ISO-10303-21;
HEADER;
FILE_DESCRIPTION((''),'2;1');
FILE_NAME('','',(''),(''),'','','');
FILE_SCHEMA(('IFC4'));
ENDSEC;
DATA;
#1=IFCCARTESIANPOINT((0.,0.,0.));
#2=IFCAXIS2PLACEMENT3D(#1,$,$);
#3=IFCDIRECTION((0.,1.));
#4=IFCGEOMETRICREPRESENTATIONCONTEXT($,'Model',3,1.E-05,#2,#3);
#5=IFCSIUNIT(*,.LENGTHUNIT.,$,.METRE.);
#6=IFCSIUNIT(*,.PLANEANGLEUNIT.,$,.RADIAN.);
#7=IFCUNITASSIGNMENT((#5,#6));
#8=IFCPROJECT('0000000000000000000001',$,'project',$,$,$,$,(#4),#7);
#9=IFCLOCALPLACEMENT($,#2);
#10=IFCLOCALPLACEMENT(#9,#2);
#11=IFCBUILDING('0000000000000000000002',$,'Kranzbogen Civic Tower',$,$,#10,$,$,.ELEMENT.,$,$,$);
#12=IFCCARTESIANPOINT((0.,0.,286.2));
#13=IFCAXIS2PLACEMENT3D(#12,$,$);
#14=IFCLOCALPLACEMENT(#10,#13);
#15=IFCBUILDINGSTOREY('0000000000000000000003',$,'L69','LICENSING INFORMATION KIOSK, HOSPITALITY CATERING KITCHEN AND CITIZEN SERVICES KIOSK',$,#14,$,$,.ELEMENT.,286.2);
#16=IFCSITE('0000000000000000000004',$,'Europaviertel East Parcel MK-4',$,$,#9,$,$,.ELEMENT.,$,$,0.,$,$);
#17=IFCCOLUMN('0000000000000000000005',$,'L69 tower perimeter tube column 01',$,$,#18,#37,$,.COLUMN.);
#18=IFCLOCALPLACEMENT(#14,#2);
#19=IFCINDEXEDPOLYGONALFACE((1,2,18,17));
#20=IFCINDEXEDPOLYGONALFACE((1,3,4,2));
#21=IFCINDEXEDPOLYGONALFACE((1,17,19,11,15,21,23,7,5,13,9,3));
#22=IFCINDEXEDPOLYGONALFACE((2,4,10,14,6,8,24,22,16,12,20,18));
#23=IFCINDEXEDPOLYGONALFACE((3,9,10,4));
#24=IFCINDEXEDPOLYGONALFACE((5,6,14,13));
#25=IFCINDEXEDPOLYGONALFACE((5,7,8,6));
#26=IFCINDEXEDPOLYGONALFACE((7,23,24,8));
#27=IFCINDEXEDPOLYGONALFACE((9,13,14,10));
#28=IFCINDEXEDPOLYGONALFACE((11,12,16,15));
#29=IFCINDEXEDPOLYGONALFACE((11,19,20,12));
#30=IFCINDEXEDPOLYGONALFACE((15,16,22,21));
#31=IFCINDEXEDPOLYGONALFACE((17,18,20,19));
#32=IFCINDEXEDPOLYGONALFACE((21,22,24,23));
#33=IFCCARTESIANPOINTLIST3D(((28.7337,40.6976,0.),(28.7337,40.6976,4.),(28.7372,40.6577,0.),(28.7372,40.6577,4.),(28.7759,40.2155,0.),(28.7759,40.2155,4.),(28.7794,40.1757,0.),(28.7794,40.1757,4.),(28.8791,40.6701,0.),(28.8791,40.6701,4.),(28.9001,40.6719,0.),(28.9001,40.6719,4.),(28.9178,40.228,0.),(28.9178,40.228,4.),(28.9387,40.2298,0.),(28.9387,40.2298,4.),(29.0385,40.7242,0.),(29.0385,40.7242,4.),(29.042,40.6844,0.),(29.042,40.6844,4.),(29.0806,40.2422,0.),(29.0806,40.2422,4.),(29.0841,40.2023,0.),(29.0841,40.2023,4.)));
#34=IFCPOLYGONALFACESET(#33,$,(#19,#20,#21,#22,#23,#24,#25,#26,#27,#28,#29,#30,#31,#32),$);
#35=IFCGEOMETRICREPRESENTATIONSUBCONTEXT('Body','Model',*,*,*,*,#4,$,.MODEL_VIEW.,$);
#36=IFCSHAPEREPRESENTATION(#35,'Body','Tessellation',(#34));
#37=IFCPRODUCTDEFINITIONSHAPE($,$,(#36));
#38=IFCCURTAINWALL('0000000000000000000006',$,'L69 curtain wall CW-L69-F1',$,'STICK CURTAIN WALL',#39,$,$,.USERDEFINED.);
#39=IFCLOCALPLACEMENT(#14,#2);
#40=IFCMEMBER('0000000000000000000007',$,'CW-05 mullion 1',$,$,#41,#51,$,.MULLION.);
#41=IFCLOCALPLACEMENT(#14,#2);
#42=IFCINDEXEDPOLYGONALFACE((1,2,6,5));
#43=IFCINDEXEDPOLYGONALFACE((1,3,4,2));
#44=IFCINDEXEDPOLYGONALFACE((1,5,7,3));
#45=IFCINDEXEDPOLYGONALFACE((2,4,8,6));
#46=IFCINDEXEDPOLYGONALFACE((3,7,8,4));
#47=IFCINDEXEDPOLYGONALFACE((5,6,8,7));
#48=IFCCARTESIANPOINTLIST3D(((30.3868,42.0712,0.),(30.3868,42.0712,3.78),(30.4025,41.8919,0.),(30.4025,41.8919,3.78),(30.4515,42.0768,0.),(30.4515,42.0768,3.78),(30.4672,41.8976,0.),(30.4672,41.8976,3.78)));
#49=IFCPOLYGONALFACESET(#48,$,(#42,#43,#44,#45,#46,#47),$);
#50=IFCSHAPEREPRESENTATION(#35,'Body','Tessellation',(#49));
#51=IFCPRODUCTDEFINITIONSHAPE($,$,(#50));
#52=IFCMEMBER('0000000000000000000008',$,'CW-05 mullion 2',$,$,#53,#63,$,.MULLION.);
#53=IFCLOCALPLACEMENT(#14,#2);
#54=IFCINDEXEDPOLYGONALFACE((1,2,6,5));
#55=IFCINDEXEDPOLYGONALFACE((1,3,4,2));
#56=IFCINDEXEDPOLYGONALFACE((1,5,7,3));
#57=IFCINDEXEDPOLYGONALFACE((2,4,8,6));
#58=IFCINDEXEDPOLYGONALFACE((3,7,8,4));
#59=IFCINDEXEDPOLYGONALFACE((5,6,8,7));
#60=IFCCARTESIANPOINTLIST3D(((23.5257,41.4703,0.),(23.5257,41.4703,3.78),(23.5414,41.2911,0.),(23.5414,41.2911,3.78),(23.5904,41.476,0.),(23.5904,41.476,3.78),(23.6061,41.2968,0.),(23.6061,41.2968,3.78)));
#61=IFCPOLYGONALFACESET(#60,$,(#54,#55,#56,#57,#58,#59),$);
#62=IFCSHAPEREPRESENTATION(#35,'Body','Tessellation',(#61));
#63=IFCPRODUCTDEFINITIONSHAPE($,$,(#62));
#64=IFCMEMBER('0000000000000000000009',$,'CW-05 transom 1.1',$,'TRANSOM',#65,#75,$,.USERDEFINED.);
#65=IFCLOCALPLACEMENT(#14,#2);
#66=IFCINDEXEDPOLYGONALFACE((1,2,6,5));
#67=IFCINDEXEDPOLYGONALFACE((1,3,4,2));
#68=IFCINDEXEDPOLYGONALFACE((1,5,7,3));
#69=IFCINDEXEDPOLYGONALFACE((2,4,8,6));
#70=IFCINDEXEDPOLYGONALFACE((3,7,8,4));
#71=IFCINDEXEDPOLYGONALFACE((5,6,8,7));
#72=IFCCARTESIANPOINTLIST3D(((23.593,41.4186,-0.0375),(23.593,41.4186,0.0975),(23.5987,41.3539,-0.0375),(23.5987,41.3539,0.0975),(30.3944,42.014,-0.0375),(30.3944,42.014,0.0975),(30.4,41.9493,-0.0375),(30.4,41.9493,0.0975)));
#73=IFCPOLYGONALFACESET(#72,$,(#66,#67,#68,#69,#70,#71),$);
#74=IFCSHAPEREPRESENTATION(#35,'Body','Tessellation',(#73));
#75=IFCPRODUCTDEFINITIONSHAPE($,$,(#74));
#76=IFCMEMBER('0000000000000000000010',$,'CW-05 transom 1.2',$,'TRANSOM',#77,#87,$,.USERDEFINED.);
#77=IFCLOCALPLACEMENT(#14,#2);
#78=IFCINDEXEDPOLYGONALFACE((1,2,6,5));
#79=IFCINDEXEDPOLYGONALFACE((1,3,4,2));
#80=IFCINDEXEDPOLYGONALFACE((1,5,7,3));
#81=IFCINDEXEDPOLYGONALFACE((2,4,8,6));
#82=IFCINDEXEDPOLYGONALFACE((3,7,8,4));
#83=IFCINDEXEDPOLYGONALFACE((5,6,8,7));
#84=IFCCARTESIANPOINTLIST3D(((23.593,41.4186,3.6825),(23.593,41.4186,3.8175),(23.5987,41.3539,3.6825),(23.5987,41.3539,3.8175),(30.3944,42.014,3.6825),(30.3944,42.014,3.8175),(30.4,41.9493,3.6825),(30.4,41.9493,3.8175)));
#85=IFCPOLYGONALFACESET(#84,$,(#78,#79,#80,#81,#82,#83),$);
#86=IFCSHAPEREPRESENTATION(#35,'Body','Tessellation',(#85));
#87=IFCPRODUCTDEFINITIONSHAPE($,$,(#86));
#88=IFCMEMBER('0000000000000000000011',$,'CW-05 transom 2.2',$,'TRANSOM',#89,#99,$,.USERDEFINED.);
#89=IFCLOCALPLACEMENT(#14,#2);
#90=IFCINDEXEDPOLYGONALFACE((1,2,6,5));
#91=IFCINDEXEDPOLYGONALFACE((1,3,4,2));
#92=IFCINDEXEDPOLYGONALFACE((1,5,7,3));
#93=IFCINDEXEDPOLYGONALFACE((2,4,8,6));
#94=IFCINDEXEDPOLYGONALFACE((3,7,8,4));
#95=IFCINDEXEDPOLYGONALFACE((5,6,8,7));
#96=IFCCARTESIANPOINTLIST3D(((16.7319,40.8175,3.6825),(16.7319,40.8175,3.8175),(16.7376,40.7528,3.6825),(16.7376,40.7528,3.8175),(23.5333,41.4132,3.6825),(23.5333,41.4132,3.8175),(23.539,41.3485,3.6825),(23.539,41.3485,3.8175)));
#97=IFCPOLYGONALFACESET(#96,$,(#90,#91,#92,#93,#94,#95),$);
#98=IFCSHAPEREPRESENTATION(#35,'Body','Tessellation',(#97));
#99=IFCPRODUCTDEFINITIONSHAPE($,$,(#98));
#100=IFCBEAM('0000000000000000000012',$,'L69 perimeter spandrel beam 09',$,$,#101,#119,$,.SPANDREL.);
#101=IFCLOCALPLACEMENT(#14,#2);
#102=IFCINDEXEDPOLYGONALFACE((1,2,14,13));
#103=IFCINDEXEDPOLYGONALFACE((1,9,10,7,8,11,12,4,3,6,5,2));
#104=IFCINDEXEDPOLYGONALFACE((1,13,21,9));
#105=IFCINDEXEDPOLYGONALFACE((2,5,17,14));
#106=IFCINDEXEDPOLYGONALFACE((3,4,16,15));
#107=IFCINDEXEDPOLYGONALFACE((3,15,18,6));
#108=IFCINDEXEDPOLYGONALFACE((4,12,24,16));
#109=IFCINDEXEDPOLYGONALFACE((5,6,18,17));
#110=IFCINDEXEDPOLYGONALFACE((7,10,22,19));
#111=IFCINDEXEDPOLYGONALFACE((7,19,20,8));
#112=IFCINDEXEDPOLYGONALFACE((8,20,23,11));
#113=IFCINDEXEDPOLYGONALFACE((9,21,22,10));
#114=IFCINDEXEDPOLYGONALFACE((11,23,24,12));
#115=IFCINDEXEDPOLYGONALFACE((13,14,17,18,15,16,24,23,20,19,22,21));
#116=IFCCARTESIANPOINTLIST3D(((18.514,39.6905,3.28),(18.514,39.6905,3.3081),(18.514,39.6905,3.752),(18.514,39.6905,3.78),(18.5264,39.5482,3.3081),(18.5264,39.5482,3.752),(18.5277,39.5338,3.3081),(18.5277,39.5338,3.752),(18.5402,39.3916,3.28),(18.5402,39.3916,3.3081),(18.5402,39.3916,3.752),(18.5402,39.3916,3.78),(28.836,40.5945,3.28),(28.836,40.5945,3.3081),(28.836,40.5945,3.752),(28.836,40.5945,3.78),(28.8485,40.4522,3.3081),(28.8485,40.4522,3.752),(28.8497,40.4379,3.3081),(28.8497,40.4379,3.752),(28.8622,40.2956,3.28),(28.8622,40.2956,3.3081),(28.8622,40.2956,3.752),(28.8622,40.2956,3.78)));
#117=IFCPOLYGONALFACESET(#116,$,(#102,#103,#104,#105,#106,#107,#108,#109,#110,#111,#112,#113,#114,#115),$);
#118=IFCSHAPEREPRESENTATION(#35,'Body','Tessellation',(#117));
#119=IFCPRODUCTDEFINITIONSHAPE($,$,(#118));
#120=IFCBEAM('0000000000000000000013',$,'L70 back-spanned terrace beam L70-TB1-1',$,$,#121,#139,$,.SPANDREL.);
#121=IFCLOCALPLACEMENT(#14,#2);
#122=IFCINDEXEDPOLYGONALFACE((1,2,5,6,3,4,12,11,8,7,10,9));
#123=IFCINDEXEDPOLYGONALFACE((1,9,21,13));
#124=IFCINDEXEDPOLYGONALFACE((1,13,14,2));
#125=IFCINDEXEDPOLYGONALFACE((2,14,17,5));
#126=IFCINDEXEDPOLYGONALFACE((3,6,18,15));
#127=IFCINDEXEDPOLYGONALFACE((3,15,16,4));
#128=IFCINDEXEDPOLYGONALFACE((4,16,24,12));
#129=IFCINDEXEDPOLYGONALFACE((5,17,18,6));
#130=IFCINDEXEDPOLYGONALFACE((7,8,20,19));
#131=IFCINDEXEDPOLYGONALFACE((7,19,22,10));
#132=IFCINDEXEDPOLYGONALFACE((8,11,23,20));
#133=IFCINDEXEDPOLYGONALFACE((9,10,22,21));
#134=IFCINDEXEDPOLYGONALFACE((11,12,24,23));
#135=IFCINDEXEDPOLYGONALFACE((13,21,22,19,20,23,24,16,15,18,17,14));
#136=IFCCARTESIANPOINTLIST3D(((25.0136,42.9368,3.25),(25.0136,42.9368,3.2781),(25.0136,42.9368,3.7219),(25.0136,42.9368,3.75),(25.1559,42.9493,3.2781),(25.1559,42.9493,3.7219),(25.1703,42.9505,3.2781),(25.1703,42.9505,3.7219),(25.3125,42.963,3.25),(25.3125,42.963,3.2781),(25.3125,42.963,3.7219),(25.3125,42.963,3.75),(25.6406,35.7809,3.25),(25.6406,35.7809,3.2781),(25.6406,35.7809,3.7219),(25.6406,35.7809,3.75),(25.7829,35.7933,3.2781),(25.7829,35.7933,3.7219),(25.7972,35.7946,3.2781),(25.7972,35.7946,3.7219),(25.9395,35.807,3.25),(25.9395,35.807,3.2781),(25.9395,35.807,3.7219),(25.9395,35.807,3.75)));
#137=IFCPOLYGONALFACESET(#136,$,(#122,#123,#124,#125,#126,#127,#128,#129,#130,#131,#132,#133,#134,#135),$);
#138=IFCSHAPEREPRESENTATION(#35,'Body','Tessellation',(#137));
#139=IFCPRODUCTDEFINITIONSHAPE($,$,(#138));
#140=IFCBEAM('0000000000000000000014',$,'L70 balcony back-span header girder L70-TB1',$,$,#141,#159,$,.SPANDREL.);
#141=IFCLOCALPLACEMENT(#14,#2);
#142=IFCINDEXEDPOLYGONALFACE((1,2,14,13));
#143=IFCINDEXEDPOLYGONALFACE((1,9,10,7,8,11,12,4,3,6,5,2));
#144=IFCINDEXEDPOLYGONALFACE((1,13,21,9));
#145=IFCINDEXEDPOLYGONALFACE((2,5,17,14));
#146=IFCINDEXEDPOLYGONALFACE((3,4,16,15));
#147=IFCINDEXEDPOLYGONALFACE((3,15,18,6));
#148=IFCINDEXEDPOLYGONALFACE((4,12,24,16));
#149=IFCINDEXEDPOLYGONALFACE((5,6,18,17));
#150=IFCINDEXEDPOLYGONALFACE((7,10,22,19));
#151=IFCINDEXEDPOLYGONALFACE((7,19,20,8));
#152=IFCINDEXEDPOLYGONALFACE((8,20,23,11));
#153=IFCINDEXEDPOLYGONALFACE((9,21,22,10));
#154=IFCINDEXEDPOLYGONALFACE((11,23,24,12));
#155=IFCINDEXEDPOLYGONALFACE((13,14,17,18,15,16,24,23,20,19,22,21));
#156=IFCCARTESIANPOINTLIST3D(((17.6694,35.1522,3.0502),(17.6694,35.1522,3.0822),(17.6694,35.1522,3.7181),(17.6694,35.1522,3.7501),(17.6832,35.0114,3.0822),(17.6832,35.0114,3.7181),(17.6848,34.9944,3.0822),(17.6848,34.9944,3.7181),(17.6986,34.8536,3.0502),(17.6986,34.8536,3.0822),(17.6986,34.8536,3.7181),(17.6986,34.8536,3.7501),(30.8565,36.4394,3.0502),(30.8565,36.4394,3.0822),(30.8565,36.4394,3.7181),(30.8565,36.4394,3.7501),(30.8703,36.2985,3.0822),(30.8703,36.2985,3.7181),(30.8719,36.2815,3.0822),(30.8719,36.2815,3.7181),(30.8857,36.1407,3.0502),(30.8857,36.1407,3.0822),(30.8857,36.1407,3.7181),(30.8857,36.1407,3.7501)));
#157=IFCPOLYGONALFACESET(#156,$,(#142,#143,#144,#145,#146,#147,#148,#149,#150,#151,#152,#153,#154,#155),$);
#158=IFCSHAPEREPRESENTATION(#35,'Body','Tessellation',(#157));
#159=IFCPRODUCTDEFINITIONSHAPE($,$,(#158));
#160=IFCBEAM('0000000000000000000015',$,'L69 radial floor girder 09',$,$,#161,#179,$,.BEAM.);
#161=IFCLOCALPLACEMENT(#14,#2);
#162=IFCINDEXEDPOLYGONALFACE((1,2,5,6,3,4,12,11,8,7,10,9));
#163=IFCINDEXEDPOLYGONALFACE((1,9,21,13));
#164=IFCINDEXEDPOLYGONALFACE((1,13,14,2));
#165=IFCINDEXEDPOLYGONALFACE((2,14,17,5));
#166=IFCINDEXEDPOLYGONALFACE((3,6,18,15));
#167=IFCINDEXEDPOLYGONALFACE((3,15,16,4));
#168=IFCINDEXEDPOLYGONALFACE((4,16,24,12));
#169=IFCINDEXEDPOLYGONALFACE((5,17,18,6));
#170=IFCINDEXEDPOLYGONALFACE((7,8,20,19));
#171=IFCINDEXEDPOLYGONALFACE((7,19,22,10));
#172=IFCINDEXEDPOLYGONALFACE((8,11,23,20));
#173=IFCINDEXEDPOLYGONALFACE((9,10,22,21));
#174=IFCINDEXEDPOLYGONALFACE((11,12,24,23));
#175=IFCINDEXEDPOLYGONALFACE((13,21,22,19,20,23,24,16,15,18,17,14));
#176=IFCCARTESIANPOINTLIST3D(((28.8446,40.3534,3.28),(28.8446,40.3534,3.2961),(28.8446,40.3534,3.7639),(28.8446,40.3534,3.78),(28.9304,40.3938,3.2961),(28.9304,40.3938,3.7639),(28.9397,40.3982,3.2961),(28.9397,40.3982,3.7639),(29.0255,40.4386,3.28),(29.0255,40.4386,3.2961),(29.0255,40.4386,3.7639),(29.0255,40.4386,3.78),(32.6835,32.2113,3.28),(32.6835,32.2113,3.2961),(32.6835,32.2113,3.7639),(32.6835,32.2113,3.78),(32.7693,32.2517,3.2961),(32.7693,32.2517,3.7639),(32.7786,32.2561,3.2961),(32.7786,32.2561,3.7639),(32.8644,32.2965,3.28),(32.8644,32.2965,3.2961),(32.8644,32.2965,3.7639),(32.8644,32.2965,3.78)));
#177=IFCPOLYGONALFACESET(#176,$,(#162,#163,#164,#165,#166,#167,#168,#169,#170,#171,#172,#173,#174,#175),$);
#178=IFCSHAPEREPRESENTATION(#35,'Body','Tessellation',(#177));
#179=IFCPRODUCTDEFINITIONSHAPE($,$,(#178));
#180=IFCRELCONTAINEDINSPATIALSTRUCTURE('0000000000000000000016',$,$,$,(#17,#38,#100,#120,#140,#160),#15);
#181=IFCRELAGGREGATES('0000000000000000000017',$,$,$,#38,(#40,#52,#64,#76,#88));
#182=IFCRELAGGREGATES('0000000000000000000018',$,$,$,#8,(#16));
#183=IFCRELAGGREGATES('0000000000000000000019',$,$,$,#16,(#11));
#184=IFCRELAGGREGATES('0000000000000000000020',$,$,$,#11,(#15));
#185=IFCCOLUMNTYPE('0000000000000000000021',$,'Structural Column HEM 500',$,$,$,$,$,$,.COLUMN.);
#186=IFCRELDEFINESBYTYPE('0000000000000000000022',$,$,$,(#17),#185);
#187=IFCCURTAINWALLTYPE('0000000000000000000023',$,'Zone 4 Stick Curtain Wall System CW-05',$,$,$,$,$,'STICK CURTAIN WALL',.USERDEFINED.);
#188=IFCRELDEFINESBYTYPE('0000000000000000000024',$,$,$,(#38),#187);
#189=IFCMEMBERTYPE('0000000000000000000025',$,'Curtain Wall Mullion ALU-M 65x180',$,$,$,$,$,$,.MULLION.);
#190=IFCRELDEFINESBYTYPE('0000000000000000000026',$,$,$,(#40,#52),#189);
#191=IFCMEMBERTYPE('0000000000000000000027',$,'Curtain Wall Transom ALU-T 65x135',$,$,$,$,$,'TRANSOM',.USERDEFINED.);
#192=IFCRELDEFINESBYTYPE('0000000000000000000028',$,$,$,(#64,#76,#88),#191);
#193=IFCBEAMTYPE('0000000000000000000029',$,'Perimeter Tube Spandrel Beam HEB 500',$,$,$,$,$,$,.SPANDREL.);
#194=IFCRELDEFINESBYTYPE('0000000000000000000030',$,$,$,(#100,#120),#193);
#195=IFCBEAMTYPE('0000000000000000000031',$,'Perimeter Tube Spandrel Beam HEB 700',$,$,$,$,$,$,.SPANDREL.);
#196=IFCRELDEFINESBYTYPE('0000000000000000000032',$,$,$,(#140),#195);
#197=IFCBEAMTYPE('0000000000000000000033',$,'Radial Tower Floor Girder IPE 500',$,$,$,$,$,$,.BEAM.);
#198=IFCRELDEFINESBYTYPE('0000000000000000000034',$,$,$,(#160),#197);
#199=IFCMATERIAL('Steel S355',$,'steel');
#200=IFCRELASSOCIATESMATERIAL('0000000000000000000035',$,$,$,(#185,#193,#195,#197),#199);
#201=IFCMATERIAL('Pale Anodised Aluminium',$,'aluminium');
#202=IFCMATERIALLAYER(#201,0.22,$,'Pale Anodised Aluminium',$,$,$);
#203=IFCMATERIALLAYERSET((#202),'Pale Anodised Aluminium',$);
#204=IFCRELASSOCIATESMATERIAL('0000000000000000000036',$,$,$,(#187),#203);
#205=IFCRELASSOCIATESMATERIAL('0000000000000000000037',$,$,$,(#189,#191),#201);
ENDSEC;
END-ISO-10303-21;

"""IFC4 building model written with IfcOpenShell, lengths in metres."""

from ifc_helpers import new_model, si_unit, direction, frame, origin, origin_2d, place, context, subcontext, project, spatial, rectangle, i_section, extrude, material, layer, layer_set, material_profile, profile_set, type_object, element, aggregate, save


model = new_model("IFC4")

# Units and contexts
model_context = context("Model", 3, precision=1e-05, world=origin(), true_north=direction((0.0, 1.0)))
body_context = subcontext(model_context, "Body", "Model", "MODEL_VIEW")
ifc_project = project(units=[si_unit("LENGTHUNIT", "METRE"), si_unit("PLANEANGLEUNIT", "RADIAN")], contexts=[model_context])

# Site, building, storey
site_placement = place(None, origin())
site = spatial("IfcSite", under=ifc_project, at=site_placement, Name="Europaviertel East Parcel MK-4", CompositionType="ELEMENT", RefElevation=0.0)
building_placement = place(site_placement, origin())
building = spatial("IfcBuilding", under=site, at=building_placement, Name="Kranzbogen Civic Tower", CompositionType="ELEMENT")
storey_placement = place(building_placement, frame((0.0, 0.0, 286.2)))
storey = spatial("IfcBuildingStorey", under=building, at=storey_placement, Name="L69", Description="LICENSING INFORMATION KIOSK, HOSPITALITY CATERING KITCHEN AND CITIZEN SERVICES KIOSK", CompositionType="ELEMENT", Elevation=286.2)

# Column
ifc_material_1 = material(Name="Steel S355", Category="steel")
ifc_material_profile_1 = material_profile(ifc_material_1, i_section(OverallWidth=0.3059, OverallDepth=0.5239, WebThickness=0.021, FlangeThickness=0.04, at=origin_2d()), Name="HEM 500")
ifc_profile_set_1 = profile_set([ifc_material_profile_1], Name="Steel S355")
column_type = type_object("IfcColumnType", Name="Structural Column HEM 500", PredefinedType="COLUMN", material=ifc_profile_set_1)
column_placement = place(storey_placement, frame((28.9089, 40.45, 0.0), z_axis=(0.0, 0.0, 1.0), x_axis=(0.996195, 0.087156, 0.0)))
element("IfcColumn", 1, at=column_placement, inside=storey, type_object=column_type, Name="L69 tower perimeter tube column 01", PredefinedType="COLUMN", context=body_context, shape_type="SweptSolid", body=[
    extrude(i_section(OverallWidth=0.3059, OverallDepth=0.5239, WebThickness=0.021, FlangeThickness=0.04, at=origin_2d()), origin(), (0.0, 0.0, 1.0), 4.0),
])

# Curtain wall, members
ifc_material_2 = material(Name="Pale Anodised Aluminium", Category="aluminium")
ifc_layer_1 = layer(ifc_material_2, 0.22, Name="Pale Anodised Aluminium")
ifc_layer_set_1 = layer_set([ifc_layer_1], Name="Pale Anodised Aluminium")
curtain_wall_type = type_object("IfcCurtainWallType", Name="Zone 4 Stick Curtain Wall System CW-05", ElementType="STICK CURTAIN WALL", PredefinedType="USERDEFINED", material=ifc_layer_set_1)
curtain_wall_placement = place(storey_placement, origin())
curtain_wall = element("IfcCurtainWall", 2, at=curtain_wall_placement, inside=storey, type_object=curtain_wall_type, Name="L69 curtain wall CW-L69-F1", ObjectType="STICK CURTAIN WALL", PredefinedType="USERDEFINED")
ifc_material_profile_2 = material_profile(ifc_material_2, rectangle(XDim=0.0649, YDim=0.1799, at=origin_2d()), Name="ALU-M 65x180")
ifc_profile_set_2 = profile_set([ifc_material_profile_2], Name="Pale Anodised Aluminium")
member_type_1 = type_object("IfcMemberType", Name="Curtain Wall Mullion ALU-M 65x180", PredefinedType="MULLION", material=ifc_profile_set_2)
member_1_placement = place(storey_placement, frame((30.427, 41.9844, 0.0), z_axis=(0.0, 0.0, 1.0), x_axis=(-0.996187, -0.087244, 0.0)))
member_1 = element("IfcMember", 3, at=member_1_placement, type_object=member_type_1, Name="CW-05 mullion 1", PredefinedType="MULLION", context=body_context, shape_type="SweptSolid", body=[
    extrude(rectangle(XDim=0.0649, YDim=0.1799, at=origin_2d()), origin(), (0.0, 0.0, 1.0), 3.78),
])
member_2_placement = place(storey_placement, frame((23.5659, 41.3835, 0.0), z_axis=(0.0, 0.0, 1.0), x_axis=(-0.996187, -0.087244, 0.0)))
member_2 = element("IfcMember", 4, at=member_2_placement, type_object=member_type_1, Name="CW-05 mullion 2", PredefinedType="MULLION", context=body_context, shape_type="SweptSolid", body=[
    extrude(rectangle(XDim=0.0649, YDim=0.1799, at=origin_2d()), origin(), (0.0, 0.0, 1.0), 3.78),
])
ifc_material_profile_3 = material_profile(ifc_material_2, rectangle(XDim=0.0649, YDim=0.135, at=origin_2d()), Name="ALU-T 65x135")
ifc_profile_set_3 = profile_set([ifc_material_profile_3], Name="Pale Anodised Aluminium")
member_type_2 = type_object("IfcMemberType", Name="Curtain Wall Transom ALU-T 65x135", ElementType="TRANSOM", PredefinedType="USERDEFINED", material=ifc_profile_set_3)
member_3_placement = place(storey_placement, frame((30.3972, 41.9817, 0.03), z_axis=(-0.996189, -0.087218, 0.0), x_axis=(0.087218, -0.996189, 0.0)))
member_3 = element("IfcMember", 5, at=member_3_placement, type_object=member_type_2, Name="CW-05 transom 1.1", ObjectType="TRANSOM", PredefinedType="USERDEFINED", context=body_context, shape_type="SweptSolid", body=[
    extrude(rectangle(XDim=0.0649, YDim=0.135, at=origin_2d()), origin(), (0.0, 0.0, 1.0), 6.8274),
])
member_4_placement = place(storey_placement, frame((30.3972, 41.9817, 3.75), z_axis=(-0.996189, -0.087218, 0.0), x_axis=(0.087218, -0.996189, 0.0)))
member_4 = element("IfcMember", 6, at=member_4_placement, type_object=member_type_2, Name="CW-05 transom 1.2", ObjectType="TRANSOM", PredefinedType="USERDEFINED", context=body_context, shape_type="SweptSolid", body=[
    extrude(rectangle(XDim=0.0649, YDim=0.135, at=origin_2d()), origin(), (0.0, 0.0, 1.0), 6.8274),
])
member_5_placement = place(storey_placement, frame((23.5361, 41.3809, 3.75), z_axis=(-0.996186, -0.087253, 0.0), x_axis=(0.087253, -0.996186, 0.0)))
member_5 = element("IfcMember", 7, at=member_5_placement, type_object=member_type_2, Name="CW-05 transom 2.2", ObjectType="TRANSOM", PredefinedType="USERDEFINED", context=body_context, shape_type="SweptSolid", body=[
    extrude(rectangle(XDim=0.0649, YDim=0.135, at=origin_2d()), origin(), (0.0, 0.0, 1.0), 6.8274),
])

# Beams
ifc_material_profile_4 = material_profile(ifc_material_1, i_section(OverallWidth=0.3, OverallDepth=0.5, WebThickness=0.0144, FlangeThickness=0.0281, at=origin_2d()), Name="HEB 500")
ifc_profile_set_4 = profile_set([ifc_material_profile_4], Name="Steel S355")
beam_type_1 = type_object("IfcBeamType", Name="Perimeter Tube Spandrel Beam HEB 500", PredefinedType="SPANDREL", material=ifc_profile_set_4)
beam_1_placement = place(storey_placement, frame((28.8491, 40.4451, 3.53), z_axis=(-0.996186, -0.087251, 0.0), x_axis=(0.087251, -0.996186, 0.0)))
element("IfcBeam", 8, at=beam_1_placement, inside=storey, type_object=beam_type_1, Name="L69 perimeter spandrel beam 09", PredefinedType="SPANDREL", context=body_context, shape_type="SweptSolid", body=[
    extrude(i_section(OverallWidth=0.3, OverallDepth=0.5, WebThickness=0.0144, FlangeThickness=0.0281, at=origin_2d()), origin(), (0.0, 0.0, 1.0), 10.3616),
])
beam_2_placement = place(storey_placement, frame((25.79, 35.7939, 3.5), z_axis=(-0.087278, 0.996184, 0.0), x_axis=(-0.996184, -0.087278, 0.0)))
element("IfcBeam", 9, at=beam_2_placement, inside=storey, type_object=beam_type_1, Name="L70 back-spanned terrace beam L70-TB1-1", PredefinedType="SPANDREL", context=body_context, shape_type="SweptSolid", body=[
    extrude(i_section(OverallWidth=0.3, OverallDepth=0.5, WebThickness=0.0144, FlangeThickness=0.0281, at=origin_2d()), origin(), (0.0, 0.0, 1.0), 7.1833),
])
ifc_material_profile_5 = material_profile(ifc_material_1, i_section(OverallWidth=0.3, OverallDepth=0.7, WebThickness=0.0171, FlangeThickness=0.032, at=origin_2d()), Name="HEB 700")
ifc_profile_set_5 = profile_set([ifc_material_profile_5], Name="Steel S355")
beam_type_2 = type_object("IfcBeamType", Name="Perimeter Tube Spandrel Beam HEB 700", PredefinedType="SPANDREL", material=ifc_profile_set_5)
beam_3_placement = place(storey_placement, frame((30.8711, 36.29, 3.4001), z_axis=(-0.99527, -0.097143, 0.0), x_axis=(0.097143, -0.99527, 0.0)))
element("IfcBeam", 10, at=beam_3_placement, inside=storey, type_object=beam_type_2, Name="L70 balcony back-span header girder L70-TB1", PredefinedType="SPANDREL", context=body_context, shape_type="SweptSolid", body=[
    extrude(i_section(OverallWidth=0.3, OverallDepth=0.7, WebThickness=0.0171, FlangeThickness=0.032, at=origin_2d()), origin(), (0.0, 0.0, 1.0), 13.2498),
])
ifc_material_profile_6 = material_profile(ifc_material_1, i_section(OverallWidth=0.2, OverallDepth=0.5, WebThickness=0.0103, FlangeThickness=0.0161, at=origin_2d()), Name="IPE 500")
ifc_profile_set_6 = profile_set([ifc_material_profile_6], Name="Steel S355")
beam_type_3 = type_object("IfcBeamType", Name="Radial Tower Floor Girder IPE 500", PredefinedType="BEAM", material=ifc_profile_set_6)
beam_4_placement = place(storey_placement, frame((28.9351, 40.396, 3.53), z_axis=(0.42646, -0.904506, 0.0), x_axis=(0.904506, 0.42646, 0.0)))
element("IfcBeam", 11, at=beam_4_placement, inside=storey, type_object=beam_type_3, Name="L69 radial floor girder 09", PredefinedType="BEAM", context=body_context, shape_type="SweptSolid", body=[
    extrude(i_section(OverallWidth=0.2, OverallDepth=0.5, WebThickness=0.0103, FlangeThickness=0.0161, at=origin_2d()), origin(), (0.0, 0.0, 1.0), 9.0017),
])

aggregate(curtain_wall, [member_1, member_2, member_3, member_4, member_5])

save(model, "model.ifc")
